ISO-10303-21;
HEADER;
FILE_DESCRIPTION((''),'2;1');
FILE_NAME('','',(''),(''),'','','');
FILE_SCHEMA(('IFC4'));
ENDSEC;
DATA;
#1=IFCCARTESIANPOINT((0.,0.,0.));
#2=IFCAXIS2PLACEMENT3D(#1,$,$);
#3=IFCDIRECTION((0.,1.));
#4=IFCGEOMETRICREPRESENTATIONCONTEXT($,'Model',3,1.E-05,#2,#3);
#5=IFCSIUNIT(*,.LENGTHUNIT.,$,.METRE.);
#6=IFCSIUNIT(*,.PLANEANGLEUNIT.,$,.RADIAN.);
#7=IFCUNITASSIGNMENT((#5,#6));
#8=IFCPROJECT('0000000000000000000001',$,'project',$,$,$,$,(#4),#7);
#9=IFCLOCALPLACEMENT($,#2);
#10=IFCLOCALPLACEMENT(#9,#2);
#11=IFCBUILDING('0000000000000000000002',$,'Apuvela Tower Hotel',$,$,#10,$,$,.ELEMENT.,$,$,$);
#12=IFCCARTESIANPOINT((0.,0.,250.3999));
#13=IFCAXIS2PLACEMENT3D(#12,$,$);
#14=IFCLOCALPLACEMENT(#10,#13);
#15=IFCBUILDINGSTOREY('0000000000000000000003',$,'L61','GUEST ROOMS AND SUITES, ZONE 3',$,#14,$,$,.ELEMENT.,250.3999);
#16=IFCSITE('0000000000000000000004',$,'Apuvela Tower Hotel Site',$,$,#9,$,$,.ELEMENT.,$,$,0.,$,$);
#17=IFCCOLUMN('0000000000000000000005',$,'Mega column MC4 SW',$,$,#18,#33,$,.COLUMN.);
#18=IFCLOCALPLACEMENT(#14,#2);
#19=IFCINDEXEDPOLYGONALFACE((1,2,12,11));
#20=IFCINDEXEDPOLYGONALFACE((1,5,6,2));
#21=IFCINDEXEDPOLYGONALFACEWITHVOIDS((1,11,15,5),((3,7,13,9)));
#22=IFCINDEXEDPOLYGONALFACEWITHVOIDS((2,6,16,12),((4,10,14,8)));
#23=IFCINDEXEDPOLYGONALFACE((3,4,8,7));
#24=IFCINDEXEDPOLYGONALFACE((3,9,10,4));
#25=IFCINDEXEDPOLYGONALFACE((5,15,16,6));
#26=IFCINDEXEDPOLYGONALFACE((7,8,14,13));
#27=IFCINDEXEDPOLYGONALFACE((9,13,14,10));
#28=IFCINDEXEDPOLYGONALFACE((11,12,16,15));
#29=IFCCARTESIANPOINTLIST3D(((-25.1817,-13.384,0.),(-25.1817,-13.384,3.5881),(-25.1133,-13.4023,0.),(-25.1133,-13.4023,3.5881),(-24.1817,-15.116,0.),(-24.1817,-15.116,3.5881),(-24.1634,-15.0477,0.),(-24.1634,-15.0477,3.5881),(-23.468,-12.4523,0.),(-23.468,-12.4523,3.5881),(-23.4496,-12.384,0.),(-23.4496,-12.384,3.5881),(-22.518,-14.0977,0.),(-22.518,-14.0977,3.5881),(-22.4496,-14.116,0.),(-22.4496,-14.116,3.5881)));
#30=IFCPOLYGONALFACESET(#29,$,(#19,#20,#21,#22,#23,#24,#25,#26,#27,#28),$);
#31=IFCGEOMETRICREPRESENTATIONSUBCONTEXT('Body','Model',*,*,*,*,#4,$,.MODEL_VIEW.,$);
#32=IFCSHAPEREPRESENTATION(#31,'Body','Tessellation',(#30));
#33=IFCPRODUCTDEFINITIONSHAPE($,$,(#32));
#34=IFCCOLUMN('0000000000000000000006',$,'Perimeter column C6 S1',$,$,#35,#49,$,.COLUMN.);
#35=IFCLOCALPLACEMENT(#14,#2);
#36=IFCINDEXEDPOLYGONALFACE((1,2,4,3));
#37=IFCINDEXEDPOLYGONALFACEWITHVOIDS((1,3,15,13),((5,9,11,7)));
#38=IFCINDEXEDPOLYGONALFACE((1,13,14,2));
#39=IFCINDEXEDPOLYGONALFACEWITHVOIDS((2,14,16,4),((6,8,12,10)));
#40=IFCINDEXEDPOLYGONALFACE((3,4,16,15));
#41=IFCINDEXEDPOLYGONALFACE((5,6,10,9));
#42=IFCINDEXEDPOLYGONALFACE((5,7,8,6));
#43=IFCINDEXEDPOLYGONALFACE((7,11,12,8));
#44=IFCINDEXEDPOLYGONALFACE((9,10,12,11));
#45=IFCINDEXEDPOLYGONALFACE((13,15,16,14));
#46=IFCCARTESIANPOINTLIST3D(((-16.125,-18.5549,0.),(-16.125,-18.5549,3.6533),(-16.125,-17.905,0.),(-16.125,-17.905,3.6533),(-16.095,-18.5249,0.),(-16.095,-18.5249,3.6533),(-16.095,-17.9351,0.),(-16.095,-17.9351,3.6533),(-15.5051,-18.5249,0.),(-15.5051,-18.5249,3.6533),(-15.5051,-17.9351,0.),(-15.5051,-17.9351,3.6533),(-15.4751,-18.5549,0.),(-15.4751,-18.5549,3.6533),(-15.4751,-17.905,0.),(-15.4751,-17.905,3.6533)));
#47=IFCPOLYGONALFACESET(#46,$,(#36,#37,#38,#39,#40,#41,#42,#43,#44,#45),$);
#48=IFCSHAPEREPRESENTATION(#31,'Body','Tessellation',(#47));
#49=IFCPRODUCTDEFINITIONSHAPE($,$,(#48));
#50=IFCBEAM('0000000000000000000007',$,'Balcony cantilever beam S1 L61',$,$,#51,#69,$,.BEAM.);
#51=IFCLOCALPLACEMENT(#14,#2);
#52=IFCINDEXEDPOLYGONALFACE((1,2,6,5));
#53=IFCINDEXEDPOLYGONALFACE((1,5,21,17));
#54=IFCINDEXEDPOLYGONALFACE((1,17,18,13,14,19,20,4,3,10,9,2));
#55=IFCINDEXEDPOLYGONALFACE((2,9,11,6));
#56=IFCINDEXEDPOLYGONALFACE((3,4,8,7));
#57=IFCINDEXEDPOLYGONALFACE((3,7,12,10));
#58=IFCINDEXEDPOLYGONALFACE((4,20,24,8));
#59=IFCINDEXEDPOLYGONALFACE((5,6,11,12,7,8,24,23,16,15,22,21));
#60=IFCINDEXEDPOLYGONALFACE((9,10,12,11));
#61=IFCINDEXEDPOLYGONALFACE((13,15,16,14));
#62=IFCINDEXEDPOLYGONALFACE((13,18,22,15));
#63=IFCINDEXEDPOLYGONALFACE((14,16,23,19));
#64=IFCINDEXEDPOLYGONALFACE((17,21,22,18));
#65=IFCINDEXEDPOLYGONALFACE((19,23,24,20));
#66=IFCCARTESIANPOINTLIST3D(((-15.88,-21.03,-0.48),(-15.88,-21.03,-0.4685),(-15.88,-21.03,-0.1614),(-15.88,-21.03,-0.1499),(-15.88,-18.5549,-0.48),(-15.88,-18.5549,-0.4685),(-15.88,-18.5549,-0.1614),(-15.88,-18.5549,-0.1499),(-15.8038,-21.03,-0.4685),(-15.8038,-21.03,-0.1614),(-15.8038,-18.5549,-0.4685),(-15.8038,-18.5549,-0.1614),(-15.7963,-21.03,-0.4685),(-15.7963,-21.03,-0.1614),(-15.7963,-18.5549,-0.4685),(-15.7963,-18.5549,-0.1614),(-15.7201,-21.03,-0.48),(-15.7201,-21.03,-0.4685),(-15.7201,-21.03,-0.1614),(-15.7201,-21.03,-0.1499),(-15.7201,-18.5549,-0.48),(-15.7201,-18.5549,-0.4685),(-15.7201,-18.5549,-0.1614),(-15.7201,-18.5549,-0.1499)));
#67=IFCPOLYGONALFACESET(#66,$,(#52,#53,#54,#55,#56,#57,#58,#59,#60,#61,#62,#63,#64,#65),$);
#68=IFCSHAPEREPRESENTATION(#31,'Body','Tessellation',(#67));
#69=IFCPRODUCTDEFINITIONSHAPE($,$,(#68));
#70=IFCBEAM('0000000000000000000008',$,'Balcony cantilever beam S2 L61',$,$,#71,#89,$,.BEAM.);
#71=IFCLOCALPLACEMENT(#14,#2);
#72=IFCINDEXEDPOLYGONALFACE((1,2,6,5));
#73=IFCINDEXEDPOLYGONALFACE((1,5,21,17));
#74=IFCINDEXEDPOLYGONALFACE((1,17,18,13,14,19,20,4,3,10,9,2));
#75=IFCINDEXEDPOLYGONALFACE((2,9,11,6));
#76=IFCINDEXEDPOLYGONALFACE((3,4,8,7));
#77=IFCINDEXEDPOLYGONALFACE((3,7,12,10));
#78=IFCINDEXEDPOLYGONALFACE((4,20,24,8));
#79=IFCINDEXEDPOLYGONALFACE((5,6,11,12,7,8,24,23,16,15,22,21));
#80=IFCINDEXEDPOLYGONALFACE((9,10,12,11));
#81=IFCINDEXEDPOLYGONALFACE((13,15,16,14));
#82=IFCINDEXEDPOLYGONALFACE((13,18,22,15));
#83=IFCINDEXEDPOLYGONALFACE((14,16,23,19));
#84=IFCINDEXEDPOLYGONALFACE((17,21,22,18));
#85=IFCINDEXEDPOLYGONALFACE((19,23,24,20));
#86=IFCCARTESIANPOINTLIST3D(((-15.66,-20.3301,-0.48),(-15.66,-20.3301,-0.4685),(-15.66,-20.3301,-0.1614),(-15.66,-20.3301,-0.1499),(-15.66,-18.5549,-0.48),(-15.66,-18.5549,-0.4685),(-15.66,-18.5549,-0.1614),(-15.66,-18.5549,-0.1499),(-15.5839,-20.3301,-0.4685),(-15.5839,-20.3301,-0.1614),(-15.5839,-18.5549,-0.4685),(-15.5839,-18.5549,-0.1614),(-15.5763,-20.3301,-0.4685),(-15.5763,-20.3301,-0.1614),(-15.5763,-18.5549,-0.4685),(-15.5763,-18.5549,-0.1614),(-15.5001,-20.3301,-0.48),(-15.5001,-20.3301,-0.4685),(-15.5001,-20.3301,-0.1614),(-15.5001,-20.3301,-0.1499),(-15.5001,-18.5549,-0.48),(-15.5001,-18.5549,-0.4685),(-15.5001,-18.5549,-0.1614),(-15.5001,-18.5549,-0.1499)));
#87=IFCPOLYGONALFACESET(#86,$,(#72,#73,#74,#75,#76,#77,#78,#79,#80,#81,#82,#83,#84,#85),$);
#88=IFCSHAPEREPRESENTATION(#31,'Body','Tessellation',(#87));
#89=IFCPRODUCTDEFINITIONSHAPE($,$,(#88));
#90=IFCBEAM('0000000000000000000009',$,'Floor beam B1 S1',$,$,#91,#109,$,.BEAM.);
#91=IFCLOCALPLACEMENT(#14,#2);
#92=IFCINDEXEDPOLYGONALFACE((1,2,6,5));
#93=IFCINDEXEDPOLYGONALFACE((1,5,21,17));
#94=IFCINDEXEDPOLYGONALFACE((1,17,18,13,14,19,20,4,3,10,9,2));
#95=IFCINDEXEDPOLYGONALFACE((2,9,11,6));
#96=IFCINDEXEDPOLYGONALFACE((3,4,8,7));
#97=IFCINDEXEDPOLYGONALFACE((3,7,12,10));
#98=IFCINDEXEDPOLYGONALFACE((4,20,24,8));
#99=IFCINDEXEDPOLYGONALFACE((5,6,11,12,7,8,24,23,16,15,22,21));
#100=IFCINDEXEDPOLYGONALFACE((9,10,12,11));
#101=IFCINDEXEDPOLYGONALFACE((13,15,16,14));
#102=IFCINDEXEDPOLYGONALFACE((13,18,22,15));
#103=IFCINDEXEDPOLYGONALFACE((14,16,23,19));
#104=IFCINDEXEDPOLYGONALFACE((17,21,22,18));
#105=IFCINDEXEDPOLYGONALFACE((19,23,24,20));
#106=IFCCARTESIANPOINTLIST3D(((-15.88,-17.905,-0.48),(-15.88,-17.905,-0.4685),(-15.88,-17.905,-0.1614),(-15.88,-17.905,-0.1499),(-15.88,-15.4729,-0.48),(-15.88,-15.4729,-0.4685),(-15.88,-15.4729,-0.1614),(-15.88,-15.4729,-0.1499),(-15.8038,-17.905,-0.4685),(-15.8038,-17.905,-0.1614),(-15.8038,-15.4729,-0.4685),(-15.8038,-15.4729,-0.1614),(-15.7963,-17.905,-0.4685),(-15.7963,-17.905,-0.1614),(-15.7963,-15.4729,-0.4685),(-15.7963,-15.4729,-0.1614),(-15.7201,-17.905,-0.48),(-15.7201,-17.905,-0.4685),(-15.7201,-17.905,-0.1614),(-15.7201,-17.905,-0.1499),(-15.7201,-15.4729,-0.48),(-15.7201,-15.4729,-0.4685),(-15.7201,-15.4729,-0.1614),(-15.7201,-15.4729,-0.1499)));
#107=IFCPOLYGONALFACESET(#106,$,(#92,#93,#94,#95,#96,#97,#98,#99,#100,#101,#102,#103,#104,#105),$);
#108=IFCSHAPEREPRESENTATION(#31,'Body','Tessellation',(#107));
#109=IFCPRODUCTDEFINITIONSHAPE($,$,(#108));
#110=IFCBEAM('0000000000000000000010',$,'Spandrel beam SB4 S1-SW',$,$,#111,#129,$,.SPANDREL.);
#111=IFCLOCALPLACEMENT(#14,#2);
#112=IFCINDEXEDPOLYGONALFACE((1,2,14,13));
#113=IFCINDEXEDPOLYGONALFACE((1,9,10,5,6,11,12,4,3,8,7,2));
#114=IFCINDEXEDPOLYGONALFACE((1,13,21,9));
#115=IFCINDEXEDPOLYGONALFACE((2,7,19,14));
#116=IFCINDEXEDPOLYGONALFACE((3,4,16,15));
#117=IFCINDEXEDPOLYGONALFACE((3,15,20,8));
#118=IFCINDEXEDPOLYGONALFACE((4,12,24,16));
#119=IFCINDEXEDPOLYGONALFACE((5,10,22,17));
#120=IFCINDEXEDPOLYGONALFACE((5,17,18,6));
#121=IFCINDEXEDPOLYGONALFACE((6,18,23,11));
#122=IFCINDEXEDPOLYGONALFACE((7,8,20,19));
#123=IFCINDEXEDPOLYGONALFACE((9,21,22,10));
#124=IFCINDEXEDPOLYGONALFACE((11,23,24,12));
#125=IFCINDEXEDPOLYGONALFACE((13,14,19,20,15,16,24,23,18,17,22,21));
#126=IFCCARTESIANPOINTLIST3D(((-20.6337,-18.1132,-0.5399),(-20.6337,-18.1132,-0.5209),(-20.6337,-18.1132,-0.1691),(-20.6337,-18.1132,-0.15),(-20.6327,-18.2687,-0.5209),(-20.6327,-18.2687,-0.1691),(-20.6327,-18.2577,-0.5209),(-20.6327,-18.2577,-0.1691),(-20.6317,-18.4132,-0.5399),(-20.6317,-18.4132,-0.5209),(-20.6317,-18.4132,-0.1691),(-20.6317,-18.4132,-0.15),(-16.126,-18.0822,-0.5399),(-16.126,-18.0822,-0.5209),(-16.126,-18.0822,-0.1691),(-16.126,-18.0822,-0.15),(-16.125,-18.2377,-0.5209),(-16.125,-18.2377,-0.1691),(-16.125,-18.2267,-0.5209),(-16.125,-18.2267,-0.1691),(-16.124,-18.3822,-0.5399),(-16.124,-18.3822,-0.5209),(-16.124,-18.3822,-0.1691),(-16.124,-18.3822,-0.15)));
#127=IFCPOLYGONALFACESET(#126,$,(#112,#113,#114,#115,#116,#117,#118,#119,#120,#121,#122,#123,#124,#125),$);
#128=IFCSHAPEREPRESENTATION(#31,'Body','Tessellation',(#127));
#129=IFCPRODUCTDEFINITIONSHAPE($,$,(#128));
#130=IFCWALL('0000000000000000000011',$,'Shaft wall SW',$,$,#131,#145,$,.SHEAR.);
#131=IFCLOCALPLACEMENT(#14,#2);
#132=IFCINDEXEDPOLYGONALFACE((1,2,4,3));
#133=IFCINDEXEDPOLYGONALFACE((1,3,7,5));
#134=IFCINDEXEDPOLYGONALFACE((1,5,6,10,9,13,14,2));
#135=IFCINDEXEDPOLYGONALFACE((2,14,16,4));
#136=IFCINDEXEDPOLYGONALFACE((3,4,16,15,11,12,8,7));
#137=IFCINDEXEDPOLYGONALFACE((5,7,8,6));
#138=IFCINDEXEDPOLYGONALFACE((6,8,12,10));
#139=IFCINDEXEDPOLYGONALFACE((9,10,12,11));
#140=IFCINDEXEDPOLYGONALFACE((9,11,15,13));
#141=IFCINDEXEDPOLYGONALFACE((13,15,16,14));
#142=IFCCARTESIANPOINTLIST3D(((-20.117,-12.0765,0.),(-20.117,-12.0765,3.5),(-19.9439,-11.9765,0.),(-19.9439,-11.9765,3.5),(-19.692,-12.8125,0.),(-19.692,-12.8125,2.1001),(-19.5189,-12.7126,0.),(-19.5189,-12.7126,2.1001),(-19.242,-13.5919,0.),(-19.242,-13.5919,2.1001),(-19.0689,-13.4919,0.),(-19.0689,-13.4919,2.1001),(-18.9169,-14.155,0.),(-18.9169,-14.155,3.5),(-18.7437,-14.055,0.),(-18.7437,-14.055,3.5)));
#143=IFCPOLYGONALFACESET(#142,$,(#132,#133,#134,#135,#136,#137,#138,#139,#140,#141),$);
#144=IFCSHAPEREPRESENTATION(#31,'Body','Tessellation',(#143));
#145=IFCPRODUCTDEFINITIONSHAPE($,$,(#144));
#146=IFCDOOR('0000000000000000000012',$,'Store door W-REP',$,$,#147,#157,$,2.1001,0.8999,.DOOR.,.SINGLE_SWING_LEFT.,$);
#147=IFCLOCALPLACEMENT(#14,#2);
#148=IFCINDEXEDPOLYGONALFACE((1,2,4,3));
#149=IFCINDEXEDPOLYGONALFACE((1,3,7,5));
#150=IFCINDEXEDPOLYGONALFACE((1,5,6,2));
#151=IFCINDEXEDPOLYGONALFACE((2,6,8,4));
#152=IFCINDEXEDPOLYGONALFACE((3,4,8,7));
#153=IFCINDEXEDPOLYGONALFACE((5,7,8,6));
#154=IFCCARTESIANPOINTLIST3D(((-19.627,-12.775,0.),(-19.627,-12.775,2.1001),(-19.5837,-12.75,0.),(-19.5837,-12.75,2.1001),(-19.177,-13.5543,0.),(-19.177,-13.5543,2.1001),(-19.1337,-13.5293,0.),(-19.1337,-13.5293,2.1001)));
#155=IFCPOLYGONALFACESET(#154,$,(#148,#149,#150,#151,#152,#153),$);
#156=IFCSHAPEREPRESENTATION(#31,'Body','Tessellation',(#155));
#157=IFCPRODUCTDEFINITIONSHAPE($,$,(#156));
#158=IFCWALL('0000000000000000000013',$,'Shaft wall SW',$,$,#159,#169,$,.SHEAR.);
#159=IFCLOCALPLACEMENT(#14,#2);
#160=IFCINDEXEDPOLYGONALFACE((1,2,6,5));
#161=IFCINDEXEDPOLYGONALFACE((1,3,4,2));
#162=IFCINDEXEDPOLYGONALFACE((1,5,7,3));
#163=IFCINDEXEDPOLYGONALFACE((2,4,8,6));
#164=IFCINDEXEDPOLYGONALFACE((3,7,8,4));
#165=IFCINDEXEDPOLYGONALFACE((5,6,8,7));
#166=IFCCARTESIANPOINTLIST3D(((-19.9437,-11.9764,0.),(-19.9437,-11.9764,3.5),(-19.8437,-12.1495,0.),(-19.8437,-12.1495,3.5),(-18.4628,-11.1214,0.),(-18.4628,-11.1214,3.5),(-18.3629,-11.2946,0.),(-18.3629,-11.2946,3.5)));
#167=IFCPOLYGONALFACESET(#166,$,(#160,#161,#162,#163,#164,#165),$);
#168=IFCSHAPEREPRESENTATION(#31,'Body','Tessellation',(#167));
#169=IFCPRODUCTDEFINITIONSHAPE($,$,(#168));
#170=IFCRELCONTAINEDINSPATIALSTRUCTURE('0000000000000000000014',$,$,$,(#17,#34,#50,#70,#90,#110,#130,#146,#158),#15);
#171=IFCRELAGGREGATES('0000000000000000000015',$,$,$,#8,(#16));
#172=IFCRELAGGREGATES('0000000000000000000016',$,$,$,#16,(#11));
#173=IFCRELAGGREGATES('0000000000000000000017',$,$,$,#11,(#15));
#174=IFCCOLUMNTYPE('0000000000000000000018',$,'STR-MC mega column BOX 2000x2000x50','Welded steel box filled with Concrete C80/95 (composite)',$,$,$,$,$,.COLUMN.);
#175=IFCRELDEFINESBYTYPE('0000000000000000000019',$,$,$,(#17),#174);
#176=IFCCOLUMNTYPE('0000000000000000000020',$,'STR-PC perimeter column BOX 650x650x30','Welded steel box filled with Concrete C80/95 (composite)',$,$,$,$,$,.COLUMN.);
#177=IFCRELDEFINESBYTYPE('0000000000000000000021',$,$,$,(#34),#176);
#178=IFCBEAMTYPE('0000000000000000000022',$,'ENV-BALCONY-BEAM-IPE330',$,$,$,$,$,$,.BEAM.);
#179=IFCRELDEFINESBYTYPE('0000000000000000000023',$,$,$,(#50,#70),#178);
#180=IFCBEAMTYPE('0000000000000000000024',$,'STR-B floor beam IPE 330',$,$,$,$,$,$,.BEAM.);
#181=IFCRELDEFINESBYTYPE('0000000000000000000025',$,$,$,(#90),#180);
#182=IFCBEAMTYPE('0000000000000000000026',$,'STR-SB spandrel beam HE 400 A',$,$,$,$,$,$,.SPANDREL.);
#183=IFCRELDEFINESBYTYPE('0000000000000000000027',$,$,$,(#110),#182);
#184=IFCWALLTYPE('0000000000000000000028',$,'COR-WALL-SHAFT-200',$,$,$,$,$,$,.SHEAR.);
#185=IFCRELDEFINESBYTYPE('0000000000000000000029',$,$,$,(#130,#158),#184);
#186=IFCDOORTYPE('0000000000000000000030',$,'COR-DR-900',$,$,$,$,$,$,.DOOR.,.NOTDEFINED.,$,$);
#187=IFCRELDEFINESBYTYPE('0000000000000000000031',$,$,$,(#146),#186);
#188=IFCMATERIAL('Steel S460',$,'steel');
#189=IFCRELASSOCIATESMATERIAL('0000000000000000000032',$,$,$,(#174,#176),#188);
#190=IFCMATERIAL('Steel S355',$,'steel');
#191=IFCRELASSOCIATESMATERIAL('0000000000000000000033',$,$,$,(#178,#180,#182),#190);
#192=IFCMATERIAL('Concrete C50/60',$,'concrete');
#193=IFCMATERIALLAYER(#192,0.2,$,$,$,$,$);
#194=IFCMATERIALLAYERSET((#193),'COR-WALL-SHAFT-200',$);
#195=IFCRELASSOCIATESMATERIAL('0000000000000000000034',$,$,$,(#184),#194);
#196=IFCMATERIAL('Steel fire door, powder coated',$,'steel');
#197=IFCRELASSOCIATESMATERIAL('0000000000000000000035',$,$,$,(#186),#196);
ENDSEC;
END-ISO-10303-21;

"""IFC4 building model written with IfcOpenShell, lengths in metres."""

from ifc_helpers import new_model, si_unit, direction, frame, frame_2d, origin, origin_2d, place, context, subcontext, project, spatial, rectangle, hollow_rectangle, i_section, extrude, boolean, halfspace, material, layer, layer_set, material_profile, profile_set, type_object, element, fill, save


model = new_model("IFC4")

# Units and contexts
model_context = context("Model", 3, precision=1e-05, world=origin(), true_north=direction((0.0, 1.0)))
body_context = subcontext(model_context, "Body", "Model", "MODEL_VIEW")
ifc_project = project(units=[si_unit("LENGTHUNIT", "METRE"), si_unit("PLANEANGLEUNIT", "RADIAN")], contexts=[model_context])

# Site, building, storey
site_placement = place(None, origin())
site = spatial("IfcSite", under=ifc_project, at=site_placement, Name="Apuvela Tower Hotel Site", CompositionType="ELEMENT", RefElevation=0.0)
building_placement = place(site_placement, origin())
building = spatial("IfcBuilding", under=site, at=building_placement, Name="Apuvela Tower Hotel", CompositionType="ELEMENT")
storey_placement = place(building_placement, frame((0.0, 0.0, 250.3999)))
storey = spatial("IfcBuildingStorey", under=building, at=storey_placement, Name="L61", Description="GUEST ROOMS AND SUITES, ZONE 3", CompositionType="ELEMENT", Elevation=250.3999)

# Columns
ifc_material_1 = material(Name="Steel S460", Category="steel")
ifc_material_profile_1 = material_profile(ifc_material_1, hollow_rectangle(XDim=2.0, YDim=2.0, WallThickness=0.05, at=origin_2d()), Name="BOX 2000x2000x50")
ifc_material_2 = material(Name="Concrete C80/95", Category="concrete")
ifc_material_profile_2 = material_profile(ifc_material_2, rectangle(XDim=1.8999, YDim=1.8999, at=origin_2d()), Name="Concrete C80/95 infill")
ifc_profile_set_1 = profile_set([ifc_material_profile_1, ifc_material_profile_2], Name="Steel S460")
column_type_1 = type_object("IfcColumnType", Name="STR-MC mega column BOX 2000x2000x50", Description="Welded steel box filled with Concrete C80/95 (composite)", PredefinedType="COLUMN", material=ifc_profile_set_1)
column_1_placement = place(storey_placement, frame((-23.8157, -13.75, 0.0), z_axis=(0.0, 0.0, 1.0), x_axis=(-0.5, 0.866025, 0.0)))
element("IfcColumn", 1, at=column_1_placement, inside=storey, type_object=column_type_1, Name="Mega column MC4 SW", PredefinedType="COLUMN", context=body_context, shape_type="SweptSolid", body=[
    boolean("DIFFERENCE", extrude(hollow_rectangle(XDim=2.0, YDim=2.0, WallThickness=0.05, at=origin_2d()), origin(), (0.0, 0.0, 1.0), 3.7002), halfspace(frame((0.0, 0.0, 3.5881), z_axis=(0.0, 0.0, 1.0), x_axis=(1.0, 0.0, 0.0)), False)),
])
ifc_material_profile_3 = material_profile(ifc_material_1, hollow_rectangle(XDim=0.6499, YDim=0.6499, WallThickness=0.03, at=origin_2d()), Name="BOX 650x650x30")
ifc_material_profile_4 = material_profile(ifc_material_2, rectangle(XDim=0.5901, YDim=0.5901, at=origin_2d()), Name="Concrete C80/95 infill")
ifc_profile_set_2 = profile_set([ifc_material_profile_3, ifc_material_profile_4], Name="Steel S460")
column_type_2 = type_object("IfcColumnType", Name="STR-PC perimeter column BOX 650x650x30", Description="Welded steel box filled with Concrete C80/95 (composite)", PredefinedType="COLUMN", material=ifc_profile_set_2)
column_2_placement = place(storey_placement, frame((-15.8, -18.23, 0.0), z_axis=(0.0, 0.0, 1.0), x_axis=(-1.0, 0.0, 0.0)))
element("IfcColumn", 2, at=column_2_placement, inside=storey, type_object=column_type_2, Name="Perimeter column C6 S1", PredefinedType="COLUMN", context=body_context, shape_type="SweptSolid", body=[
    boolean("DIFFERENCE", extrude(hollow_rectangle(XDim=0.6499, YDim=0.6499, WallThickness=0.03, at=origin_2d()), origin(), (0.0, 0.0, 1.0), 3.7002), halfspace(frame((0.0, 0.0, 3.6533), z_axis=(0.0, 0.0, 1.0), x_axis=(1.0, 0.0, 0.0)), False)),
])

# Beams
ifc_material_3 = material(Name="Steel S355", Category="steel")
ifc_material_profile_5 = material_profile(ifc_material_3, i_section(OverallWidth=0.1599, OverallDepth=0.3301, WebThickness=0.0076, FlangeThickness=0.0115, at=origin_2d()), Name="IPE 330")
ifc_profile_set_3 = profile_set([ifc_material_profile_5], Name="Steel S355")
beam_type_1 = type_object("IfcBeamType", Name="ENV-BALCONY-BEAM-IPE330", PredefinedType="BEAM", material=ifc_profile_set_3)
beam_1_placement = place(storey_placement, frame((-15.8, -18.5549, -0.3149), z_axis=(0.0, -1.0, 0.0), x_axis=(1.0, 0.0, 0.0)))
element("IfcBeam", 3, at=beam_1_placement, inside=storey, type_object=beam_type_1, Name="Balcony cantilever beam S1 L61", PredefinedType="BEAM", context=body_context, shape_type="SweptSolid", body=[
    extrude(i_section(OverallWidth=0.1599, OverallDepth=0.3301, WebThickness=0.0076, FlangeThickness=0.0115, at=origin_2d()), origin(), (0.0, 0.0, 1.0), 2.4751),
])
beam_2_placement = place(storey_placement, frame((-15.5801, -18.5549, -0.3149), z_axis=(0.0, -1.0, 0.0), x_axis=(1.0, 0.0, 0.0)))
element("IfcBeam", 4, at=beam_2_placement, inside=storey, type_object=beam_type_1, Name="Balcony cantilever beam S2 L61", PredefinedType="BEAM", context=body_context, shape_type="SweptSolid", body=[
    extrude(i_section(OverallWidth=0.1599, OverallDepth=0.3301, WebThickness=0.0076, FlangeThickness=0.0115, at=origin_2d()), origin(), (0.0, 0.0, 1.0), 1.7751),
])
ifc_material_profile_6 = material_profile(ifc_material_3, i_section(OverallWidth=0.1599, OverallDepth=0.3301, WebThickness=0.0076, FlangeThickness=0.0115, at=origin_2d()), Name="IPE 330")
ifc_profile_set_4 = profile_set([ifc_material_profile_6], Name="Steel S355")
beam_type_2 = type_object("IfcBeamType", Name="STR-B floor beam IPE 330", PredefinedType="BEAM", material=ifc_profile_set_4)
beam_3_placement = place(storey_placement, frame((-15.8, -17.905, -0.3149), z_axis=(0.0, 1.0, 0.0), x_axis=(-1.0, 0.0, 0.0)))
element("IfcBeam", 5, at=beam_3_placement, inside=storey, type_object=beam_type_2, Name="Floor beam B1 S1", PredefinedType="BEAM", context=body_context, shape_type="SweptSolid", body=[
    extrude(i_section(OverallWidth=0.1599, OverallDepth=0.3301, WebThickness=0.0076, FlangeThickness=0.0115, at=origin_2d()), origin(), (0.0, 0.0, 1.0), 2.4321),
])
ifc_material_profile_7 = material_profile(ifc_material_3, i_section(OverallWidth=0.3, OverallDepth=0.3899, WebThickness=0.011, FlangeThickness=0.019, at=origin_2d()), Name="HE 400 A")
ifc_profile_set_5 = profile_set([ifc_material_profile_7], Name="Steel S355")
beam_type_3 = type_object("IfcBeamType", Name="STR-SB spandrel beam HE 400 A", PredefinedType="SPANDREL", material=ifc_profile_set_5)
beam_4_placement = place(storey_placement, frame((-16.125, -18.2322, -0.345), z_axis=(-0.999976, -0.006878, 0.0), x_axis=(0.006878, -0.999976, 0.0)))
element("IfcBeam", 6, at=beam_4_placement, inside=storey, type_object=beam_type_3, Name="Spandrel beam SB4 S1-SW", PredefinedType="SPANDREL", context=body_context, shape_type="SweptSolid", body=[
    extrude(i_section(OverallWidth=0.3, OverallDepth=0.3899, WebThickness=0.011, FlangeThickness=0.019, at=origin_2d()), origin(), (0.0, 0.0, 1.0), 4.5078),
])

# Wall, opening, door
ifc_material_4 = material(Name="Concrete C50/60", Category="concrete")
ifc_layer_1 = layer(ifc_material_4, 0.2)
ifc_layer_set_1 = layer_set([ifc_layer_1], Name="COR-WALL-SHAFT-200")
wall_type_1 = type_object("IfcWallType", Name="COR-WALL-SHAFT-200", PredefinedType="SHEAR", material=ifc_layer_set_1)
wall_1_placement = place(storey_placement, frame((-20.0305, -12.0264, 0.0), z_axis=(0.0, 0.0, 1.0), x_axis=(0.500034, -0.866006, 0.0)))
wall_1 = element("IfcWall", 7, at=wall_1_placement, inside=storey, type_object=wall_type_1, Name="Shaft wall SW", PredefinedType="SHEAR", context=body_context, shape_type="SweptSolid", body=[
    extrude(rectangle(XDim=2.4001, YDim=0.2, at=frame_2d((1.2002, 0.0))), origin(), (0.0, 0.0, 1.0), 3.5),
])
opening_1_placement = place(wall_1_placement, frame((0.8501, 0.0, 0.0)))
opening_1 = element("IfcOpeningElement", 8, at=opening_1_placement, cuts=wall_1, PredefinedType="OPENING", context=body_context, shape_type="SweptSolid", body=[
    extrude(rectangle(XDim=0.8999, YDim=2.1001, at=frame_2d((0.45, 1.05))), frame((0.0, 0.1099, 0.0), z_axis=(0.0, -1.0, 0.0), x_axis=(1.0, 0.0, 0.0)), (0.0, 0.0, 1.0), 0.22),
])
ifc_material_5 = material(Name="Steel fire door, powder coated", Category="steel")
door_type_1 = type_object("IfcDoorType", Name="COR-DR-900", OperationType="NOTDEFINED", PredefinedType="DOOR", material=ifc_material_5)
door_1_placement = place(opening_1_placement, frame((0.8999, 0.0, 0.0), z_axis=(0.0, 0.0, 1.0), x_axis=(-1.0, 0.0, 0.0)))
door_1 = element("IfcDoor", 9, at=door_1_placement, inside=storey, type_object=door_type_1, Name="Store door W-REP", OperationType="SINGLE_SWING_LEFT", OverallHeight=2.1001, OverallWidth=0.8999, PredefinedType="DOOR", context=body_context, shape_type="SweptSolid", body=[
    extrude(rectangle(XDim=0.8999, YDim=2.1001, at=frame_2d((0.45, 1.05))), frame((0.0, 0.0249, 0.0), z_axis=(0.0, -1.0, 0.0), x_axis=(1.0, 0.0, 0.0)), (0.0, 0.0, 1.0), 0.05),
])
fill(opening_1, door_1)

# Wall
wall_2_placement = place(storey_placement, frame((-18.4128, -11.208, 0.0), z_axis=(0.0, 0.0, 1.0), x_axis=(-0.866038, -0.499978, 0.0)))
element("IfcWall", 10, at=wall_2_placement, inside=storey, type_object=wall_type_1, Name="Shaft wall SW", PredefinedType="SHEAR", context=body_context, shape_type="SweptSolid", body=[
    extrude(rectangle(XDim=1.71, YDim=0.2, at=frame_2d((0.855, 0.0))), origin(), (0.0, 0.0, 1.0), 3.5),
])

save(model, "model.ifc")
